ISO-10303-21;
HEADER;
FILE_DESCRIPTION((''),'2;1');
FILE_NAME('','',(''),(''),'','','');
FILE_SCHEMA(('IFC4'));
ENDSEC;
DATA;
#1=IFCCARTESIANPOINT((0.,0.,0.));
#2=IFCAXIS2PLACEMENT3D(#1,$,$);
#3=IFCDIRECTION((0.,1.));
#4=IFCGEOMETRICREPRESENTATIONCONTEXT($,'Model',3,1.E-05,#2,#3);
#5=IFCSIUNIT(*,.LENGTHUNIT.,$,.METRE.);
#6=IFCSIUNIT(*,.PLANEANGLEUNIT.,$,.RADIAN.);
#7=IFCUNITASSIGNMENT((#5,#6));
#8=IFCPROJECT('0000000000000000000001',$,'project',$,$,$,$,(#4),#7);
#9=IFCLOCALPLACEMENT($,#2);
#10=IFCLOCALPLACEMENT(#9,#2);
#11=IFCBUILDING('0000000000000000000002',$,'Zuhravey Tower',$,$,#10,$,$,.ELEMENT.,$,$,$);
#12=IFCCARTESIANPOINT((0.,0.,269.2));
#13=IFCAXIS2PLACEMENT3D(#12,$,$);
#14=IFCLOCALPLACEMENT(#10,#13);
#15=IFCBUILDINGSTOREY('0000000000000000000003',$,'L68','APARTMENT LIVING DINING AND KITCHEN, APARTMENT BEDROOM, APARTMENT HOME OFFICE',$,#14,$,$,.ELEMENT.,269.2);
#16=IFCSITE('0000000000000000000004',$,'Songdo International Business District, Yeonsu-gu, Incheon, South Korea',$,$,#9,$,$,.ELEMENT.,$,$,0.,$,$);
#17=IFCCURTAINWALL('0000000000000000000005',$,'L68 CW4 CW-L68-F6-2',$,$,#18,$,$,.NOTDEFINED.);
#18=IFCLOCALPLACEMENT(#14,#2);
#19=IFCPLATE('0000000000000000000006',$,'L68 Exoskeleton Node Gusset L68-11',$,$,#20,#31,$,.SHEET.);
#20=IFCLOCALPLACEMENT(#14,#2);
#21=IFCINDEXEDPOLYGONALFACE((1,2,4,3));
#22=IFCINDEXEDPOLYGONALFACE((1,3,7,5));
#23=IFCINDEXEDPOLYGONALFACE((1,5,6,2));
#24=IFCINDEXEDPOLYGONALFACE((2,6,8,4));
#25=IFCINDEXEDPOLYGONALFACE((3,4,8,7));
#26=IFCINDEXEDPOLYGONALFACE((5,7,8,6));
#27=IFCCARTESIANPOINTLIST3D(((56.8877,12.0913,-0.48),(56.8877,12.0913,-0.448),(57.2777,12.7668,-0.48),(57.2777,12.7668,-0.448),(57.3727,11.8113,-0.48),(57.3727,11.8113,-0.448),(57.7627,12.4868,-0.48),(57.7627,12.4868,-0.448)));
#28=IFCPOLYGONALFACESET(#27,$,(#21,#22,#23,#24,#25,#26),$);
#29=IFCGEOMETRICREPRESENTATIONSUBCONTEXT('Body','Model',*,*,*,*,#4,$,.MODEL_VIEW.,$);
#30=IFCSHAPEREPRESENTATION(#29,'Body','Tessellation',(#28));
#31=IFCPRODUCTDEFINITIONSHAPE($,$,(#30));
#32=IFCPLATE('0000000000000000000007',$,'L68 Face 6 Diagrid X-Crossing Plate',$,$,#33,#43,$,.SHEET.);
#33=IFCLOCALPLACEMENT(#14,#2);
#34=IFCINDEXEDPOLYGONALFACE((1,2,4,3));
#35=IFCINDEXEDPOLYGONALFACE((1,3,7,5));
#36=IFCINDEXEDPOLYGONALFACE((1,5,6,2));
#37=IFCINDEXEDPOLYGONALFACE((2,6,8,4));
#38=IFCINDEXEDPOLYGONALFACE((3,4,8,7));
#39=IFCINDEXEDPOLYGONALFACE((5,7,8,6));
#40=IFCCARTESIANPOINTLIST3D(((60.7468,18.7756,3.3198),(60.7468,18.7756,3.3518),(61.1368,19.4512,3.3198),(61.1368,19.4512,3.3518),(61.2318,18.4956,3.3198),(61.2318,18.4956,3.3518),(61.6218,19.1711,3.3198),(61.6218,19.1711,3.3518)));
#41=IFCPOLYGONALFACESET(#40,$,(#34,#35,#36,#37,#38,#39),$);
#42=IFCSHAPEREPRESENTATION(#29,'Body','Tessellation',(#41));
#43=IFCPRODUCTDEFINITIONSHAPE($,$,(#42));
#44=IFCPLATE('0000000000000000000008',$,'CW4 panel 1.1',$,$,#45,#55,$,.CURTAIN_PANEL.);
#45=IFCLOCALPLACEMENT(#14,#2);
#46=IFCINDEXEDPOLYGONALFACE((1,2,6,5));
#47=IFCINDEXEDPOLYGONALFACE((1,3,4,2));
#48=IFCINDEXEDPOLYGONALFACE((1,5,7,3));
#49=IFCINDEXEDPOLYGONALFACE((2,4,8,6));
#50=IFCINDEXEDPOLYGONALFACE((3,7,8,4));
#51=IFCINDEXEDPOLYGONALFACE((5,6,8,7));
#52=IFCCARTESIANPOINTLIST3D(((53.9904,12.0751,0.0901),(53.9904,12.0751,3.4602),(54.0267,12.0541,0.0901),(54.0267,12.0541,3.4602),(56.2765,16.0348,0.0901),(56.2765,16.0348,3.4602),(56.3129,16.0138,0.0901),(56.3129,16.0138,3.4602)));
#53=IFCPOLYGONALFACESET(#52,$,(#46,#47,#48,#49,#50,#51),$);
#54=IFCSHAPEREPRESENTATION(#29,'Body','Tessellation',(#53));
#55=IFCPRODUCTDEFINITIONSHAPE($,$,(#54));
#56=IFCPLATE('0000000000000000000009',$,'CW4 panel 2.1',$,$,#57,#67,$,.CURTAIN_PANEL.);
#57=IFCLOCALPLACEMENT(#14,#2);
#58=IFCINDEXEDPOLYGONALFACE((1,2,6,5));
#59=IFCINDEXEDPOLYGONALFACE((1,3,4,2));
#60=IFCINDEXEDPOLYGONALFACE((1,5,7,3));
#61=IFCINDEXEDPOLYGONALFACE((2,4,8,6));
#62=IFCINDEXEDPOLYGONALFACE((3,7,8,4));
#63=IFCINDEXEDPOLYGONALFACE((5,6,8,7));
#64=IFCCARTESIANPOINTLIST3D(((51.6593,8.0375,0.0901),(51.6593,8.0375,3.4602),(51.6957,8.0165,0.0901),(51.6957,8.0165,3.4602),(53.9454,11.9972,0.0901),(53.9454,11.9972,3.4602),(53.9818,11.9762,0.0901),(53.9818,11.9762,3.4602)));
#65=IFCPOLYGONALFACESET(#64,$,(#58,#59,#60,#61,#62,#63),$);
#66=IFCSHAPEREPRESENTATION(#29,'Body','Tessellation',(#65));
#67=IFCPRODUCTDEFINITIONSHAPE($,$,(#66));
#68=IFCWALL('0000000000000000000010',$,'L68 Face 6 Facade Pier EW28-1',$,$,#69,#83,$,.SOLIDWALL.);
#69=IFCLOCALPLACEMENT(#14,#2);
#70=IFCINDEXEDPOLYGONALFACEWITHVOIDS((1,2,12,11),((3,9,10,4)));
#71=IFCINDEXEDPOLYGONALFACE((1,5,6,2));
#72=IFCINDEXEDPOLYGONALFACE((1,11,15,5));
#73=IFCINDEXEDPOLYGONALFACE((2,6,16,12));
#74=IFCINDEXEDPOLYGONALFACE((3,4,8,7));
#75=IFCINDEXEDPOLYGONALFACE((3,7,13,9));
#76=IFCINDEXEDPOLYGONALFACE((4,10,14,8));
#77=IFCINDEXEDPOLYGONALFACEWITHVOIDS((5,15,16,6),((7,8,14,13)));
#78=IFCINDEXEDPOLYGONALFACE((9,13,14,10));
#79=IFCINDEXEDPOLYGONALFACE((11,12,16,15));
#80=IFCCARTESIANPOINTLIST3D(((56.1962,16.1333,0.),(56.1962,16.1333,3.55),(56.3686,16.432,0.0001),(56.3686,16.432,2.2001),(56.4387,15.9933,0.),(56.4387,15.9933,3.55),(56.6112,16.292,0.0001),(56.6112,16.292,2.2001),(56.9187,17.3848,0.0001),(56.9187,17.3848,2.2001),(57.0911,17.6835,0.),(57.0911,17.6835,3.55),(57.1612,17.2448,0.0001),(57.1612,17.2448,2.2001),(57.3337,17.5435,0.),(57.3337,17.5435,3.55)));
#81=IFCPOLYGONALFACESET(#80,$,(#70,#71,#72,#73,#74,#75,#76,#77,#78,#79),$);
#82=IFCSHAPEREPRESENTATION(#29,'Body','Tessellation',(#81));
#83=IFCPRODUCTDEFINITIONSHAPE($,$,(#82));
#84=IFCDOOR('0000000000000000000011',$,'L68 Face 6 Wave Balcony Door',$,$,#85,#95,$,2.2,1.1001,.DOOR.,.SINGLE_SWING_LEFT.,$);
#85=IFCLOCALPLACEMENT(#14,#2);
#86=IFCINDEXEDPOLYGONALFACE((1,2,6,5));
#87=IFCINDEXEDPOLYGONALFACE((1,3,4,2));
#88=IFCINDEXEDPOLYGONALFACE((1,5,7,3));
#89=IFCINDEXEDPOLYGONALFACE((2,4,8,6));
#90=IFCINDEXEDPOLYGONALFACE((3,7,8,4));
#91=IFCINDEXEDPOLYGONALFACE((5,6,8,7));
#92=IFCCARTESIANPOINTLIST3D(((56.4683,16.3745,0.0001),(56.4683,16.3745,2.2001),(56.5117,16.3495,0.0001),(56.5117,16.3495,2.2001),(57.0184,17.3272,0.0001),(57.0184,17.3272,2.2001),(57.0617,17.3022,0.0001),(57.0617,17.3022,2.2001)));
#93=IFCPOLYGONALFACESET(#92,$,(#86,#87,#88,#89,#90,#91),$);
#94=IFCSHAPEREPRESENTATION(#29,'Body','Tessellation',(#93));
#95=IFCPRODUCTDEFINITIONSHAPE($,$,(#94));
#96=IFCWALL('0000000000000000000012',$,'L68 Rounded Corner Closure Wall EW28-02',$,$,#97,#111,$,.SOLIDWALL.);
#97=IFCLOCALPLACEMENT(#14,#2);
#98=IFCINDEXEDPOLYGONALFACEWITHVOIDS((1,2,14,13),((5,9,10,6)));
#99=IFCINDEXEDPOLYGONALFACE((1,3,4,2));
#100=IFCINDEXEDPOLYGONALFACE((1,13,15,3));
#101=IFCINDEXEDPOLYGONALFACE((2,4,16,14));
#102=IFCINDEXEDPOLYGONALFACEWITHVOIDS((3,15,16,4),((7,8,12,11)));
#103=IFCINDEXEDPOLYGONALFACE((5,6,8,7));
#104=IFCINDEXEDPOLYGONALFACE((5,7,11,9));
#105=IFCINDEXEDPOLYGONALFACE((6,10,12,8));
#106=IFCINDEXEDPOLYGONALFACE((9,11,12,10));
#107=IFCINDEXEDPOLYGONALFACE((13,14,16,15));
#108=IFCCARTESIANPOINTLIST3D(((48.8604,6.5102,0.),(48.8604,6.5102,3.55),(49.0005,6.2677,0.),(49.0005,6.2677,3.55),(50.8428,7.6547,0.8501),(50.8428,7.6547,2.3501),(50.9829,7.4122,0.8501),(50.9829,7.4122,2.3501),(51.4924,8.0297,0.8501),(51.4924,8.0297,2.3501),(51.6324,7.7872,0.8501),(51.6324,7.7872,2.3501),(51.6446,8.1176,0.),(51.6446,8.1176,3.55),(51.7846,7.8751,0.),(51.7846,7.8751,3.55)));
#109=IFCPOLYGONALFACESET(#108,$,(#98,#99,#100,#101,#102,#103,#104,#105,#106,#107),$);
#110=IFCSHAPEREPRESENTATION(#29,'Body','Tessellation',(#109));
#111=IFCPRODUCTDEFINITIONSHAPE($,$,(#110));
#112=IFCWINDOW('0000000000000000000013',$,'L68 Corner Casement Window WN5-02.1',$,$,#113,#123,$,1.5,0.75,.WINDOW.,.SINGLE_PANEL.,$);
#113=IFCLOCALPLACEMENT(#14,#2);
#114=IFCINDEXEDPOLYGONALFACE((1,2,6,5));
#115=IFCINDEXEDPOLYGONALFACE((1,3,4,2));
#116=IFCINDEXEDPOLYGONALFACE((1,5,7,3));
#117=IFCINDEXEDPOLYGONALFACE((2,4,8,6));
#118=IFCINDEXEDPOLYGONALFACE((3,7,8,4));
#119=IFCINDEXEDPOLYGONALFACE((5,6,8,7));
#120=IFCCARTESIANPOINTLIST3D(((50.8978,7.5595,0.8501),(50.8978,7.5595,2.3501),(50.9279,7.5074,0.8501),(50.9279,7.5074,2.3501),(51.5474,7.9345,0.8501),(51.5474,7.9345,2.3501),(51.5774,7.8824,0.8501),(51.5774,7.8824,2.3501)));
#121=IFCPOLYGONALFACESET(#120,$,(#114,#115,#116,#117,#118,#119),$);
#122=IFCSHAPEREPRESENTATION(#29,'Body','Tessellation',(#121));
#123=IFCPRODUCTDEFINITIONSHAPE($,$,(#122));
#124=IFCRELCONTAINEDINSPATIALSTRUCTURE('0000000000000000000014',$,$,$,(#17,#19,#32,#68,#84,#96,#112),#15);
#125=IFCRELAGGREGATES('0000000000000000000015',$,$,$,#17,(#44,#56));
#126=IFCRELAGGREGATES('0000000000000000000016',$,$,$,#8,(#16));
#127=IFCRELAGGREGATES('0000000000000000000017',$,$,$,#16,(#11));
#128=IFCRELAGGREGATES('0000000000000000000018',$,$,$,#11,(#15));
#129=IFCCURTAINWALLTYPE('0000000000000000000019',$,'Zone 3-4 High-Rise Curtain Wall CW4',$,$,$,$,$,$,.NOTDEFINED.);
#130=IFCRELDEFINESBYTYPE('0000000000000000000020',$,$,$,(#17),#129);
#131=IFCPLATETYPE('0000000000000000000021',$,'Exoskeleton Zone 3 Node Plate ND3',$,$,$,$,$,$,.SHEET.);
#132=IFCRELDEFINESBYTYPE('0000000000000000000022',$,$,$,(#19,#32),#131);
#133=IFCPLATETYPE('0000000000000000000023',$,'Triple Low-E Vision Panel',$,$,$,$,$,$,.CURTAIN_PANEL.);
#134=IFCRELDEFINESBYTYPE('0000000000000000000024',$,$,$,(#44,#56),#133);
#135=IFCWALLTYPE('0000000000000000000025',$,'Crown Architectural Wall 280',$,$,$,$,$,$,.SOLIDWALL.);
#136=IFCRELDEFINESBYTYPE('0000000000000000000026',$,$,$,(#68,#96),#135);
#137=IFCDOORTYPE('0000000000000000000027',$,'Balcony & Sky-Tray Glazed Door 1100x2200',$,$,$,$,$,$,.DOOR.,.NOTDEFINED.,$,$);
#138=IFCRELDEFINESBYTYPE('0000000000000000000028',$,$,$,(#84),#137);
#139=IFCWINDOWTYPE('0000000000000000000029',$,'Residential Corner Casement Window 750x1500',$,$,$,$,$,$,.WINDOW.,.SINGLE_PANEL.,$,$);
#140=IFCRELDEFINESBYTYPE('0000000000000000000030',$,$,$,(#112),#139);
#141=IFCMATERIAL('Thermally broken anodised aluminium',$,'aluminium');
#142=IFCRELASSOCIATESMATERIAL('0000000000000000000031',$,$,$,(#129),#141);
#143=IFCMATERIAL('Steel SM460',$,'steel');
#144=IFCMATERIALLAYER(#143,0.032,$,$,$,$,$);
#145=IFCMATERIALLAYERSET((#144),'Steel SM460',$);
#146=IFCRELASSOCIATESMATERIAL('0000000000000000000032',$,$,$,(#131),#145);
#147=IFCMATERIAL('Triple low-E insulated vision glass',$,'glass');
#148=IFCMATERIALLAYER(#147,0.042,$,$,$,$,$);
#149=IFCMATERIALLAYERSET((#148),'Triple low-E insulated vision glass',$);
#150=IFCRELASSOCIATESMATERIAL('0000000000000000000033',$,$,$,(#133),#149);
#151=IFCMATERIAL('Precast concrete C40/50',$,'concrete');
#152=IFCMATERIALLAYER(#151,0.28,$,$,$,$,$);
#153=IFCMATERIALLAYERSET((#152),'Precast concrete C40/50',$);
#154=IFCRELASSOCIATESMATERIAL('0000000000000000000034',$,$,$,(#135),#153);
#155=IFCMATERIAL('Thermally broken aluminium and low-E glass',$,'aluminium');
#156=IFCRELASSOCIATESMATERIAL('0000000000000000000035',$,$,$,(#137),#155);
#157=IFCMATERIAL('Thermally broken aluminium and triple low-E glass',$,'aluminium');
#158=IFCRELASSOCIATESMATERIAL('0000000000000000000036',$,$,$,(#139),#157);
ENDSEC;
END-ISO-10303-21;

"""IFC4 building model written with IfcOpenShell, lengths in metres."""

from ifc_helpers import new_model, si_unit, direction, frame, frame_2d, origin, origin_2d, place, context, subcontext, project, spatial, rectangle, extrude, material, layer, layer_set, type_object, element, fill, aggregate, save


model = new_model("IFC4")

# Units and contexts
model_context = context("Model", 3, precision=1e-05, world=origin(), true_north=direction((0.0, 1.0)))
body_context = subcontext(model_context, "Body", "Model", "MODEL_VIEW")
ifc_project = project(units=[si_unit("LENGTHUNIT", "METRE"), si_unit("PLANEANGLEUNIT", "RADIAN")], contexts=[model_context])

# Site, building, storey
site_placement = place(None, origin())
site = spatial("IfcSite", under=ifc_project, at=site_placement, Name="Songdo International Business District, Yeonsu-gu, Incheon, South Korea", CompositionType="ELEMENT", RefElevation=0.0)
building_placement = place(site_placement, origin())
building = spatial("IfcBuilding", under=site, at=building_placement, Name="Zuhravey Tower", CompositionType="ELEMENT")
storey_placement = place(building_placement, frame((0.0, 0.0, 269.2)))
storey = spatial("IfcBuildingStorey", under=building, at=storey_placement, Name="L68", Description="APARTMENT LIVING DINING AND KITCHEN, APARTMENT BEDROOM, APARTMENT HOME OFFICE", CompositionType="ELEMENT", Elevation=269.2)

# Shared definitions
ifc_material_1 = material(Name="Thermally broken anodised aluminium", Category="aluminium")
curtain_wall_type = type_object("IfcCurtainWallType", Name="Zone 3-4 High-Rise Curtain Wall CW4", PredefinedType="NOTDEFINED", material=ifc_material_1)

# Curtain wall
curtain_wall_1_placement = place(storey_placement, origin())
curtain_wall_1 = element("IfcCurtainWall", 1, at=curtain_wall_1_placement, inside=storey, type_object=curtain_wall_type, Name="L68 CW4 CW-L68-F6-2", PredefinedType="NOTDEFINED")

# Plates
ifc_material_2 = material(Name="Steel SM460", Category="steel")
ifc_layer_1 = layer(ifc_material_2, 0.032)
ifc_layer_set_1 = layer_set([ifc_layer_1], Name="Steel SM460")
plate_type_1 = type_object("IfcPlateType", Name="Exoskeleton Zone 3 Node Plate ND3", PredefinedType="SHEET", material=ifc_layer_set_1)
for number, where, z_axis, x_axis, name in (
    (2, (57.3252, 12.2891, -0.48), (0.0, 0.0, 1.0), (0.5, 0.866025, 0.0), "L68 Exoskeleton Node Gusset L68-11"),
    (3, (61.1843, 18.9734, 3.3198), (0.0, 0.0, 1.0), (0.5, 0.866025, 0.0), "L68 Face 6 Diagrid X-Crossing Plate"),
):
    element("IfcPlate", number, at=place(storey_placement, frame(where, z_axis=z_axis, x_axis=x_axis)), inside=storey, type_object=plate_type_1, Name=name, PredefinedType="SHEET", context=body_context, shape_type="SweptSolid", body=[
        extrude(rectangle(XDim=0.78, YDim=0.5601, at=origin_2d()), origin(), (0.0, 0.0, 1.0), 0.032),
    ])

# Plates
ifc_material_3 = material(Name="Triple low-E insulated vision glass", Category="glass")
ifc_layer_2 = layer(ifc_material_3, 0.042)
ifc_layer_set_2 = layer_set([ifc_layer_2], Name="Triple low-E insulated vision glass")
plate_type_2 = type_object("IfcPlateType", Name="Triple Low-E Vision Panel", PredefinedType="CURTAIN_PANEL", material=ifc_layer_set_2)
plate_1_placement = place(storey_placement, frame((55.1516, 14.0444, 0.0901), z_axis=(0.0, 0.0, 1.0), x_axis=(-0.500003, -0.866024, 0.0)))
plate_1 = element("IfcPlate", 4, at=plate_1_placement, type_object=plate_type_2, Name="CW4 panel 1.1", PredefinedType="CURTAIN_PANEL", context=body_context, shape_type="SweptSolid", body=[
    extrude(rectangle(XDim=4.5723, YDim=0.042, at=origin_2d()), origin(), (0.0, 0.0, 1.0), 3.3701),
])
plate_2_placement = place(storey_placement, frame((52.8206, 10.0068, 0.0901), z_axis=(0.0, 0.0, 1.0), x_axis=(-0.500003, -0.866024, 0.0)))
plate_2 = element("IfcPlate", 5, at=plate_2_placement, type_object=plate_type_2, Name="CW4 panel 2.1", PredefinedType="CURTAIN_PANEL", context=body_context, shape_type="SweptSolid", body=[
    extrude(rectangle(XDim=4.5723, YDim=0.042, at=origin_2d()), origin(), (0.0, 0.0, 1.0), 3.3701),
])
aggregate(curtain_wall_1, [plate_1, plate_2])

# Wall, opening, door
ifc_material_4 = material(Name="Precast concrete C40/50", Category="concrete")
ifc_layer_3 = layer(ifc_material_4, 0.28)
ifc_layer_set_3 = layer_set([ifc_layer_3], Name="Precast concrete C40/50")
wall_type = type_object("IfcWallType", Name="Crown Architectural Wall 280", PredefinedType="SOLIDWALL", material=ifc_layer_set_3)
wall_1_placement = place(storey_placement, frame((57.2124, 17.6135, 0.0), z_axis=(0.0, 0.0, 1.0), x_axis=(-0.499982, -0.866036, 0.0)))
wall_1 = element("IfcWall", 6, at=wall_1_placement, inside=storey, type_object=wall_type, Name="L68 Face 6 Facade Pier EW28-1", PredefinedType="SOLIDWALL", context=body_context, shape_type="SweptSolid", body=[
    extrude(rectangle(XDim=1.79, YDim=0.28, at=frame_2d((0.895, 0.0))), origin(), (0.0, 0.0, 1.0), 3.55),
])
opening_1_placement = place(wall_1_placement, frame((0.345, 0.0, 0.0)))
opening_1 = element("IfcOpeningElement", 7, at=opening_1_placement, cuts=wall_1, PredefinedType="OPENING", context=body_context, shape_type="SweptSolid", body=[
    extrude(rectangle(XDim=1.1001, YDim=2.2, at=frame_2d((0.55, 1.1001))), frame((0.0, 0.1521, 0.0), z_axis=(0.0, -1.0, 0.0), x_axis=(1.0, 0.0, 0.0)), (0.0, 0.0, 1.0), 0.304),
])
ifc_material_5 = material(Name="Thermally broken aluminium and low-E glass", Category="aluminium")
door_type = type_object("IfcDoorType", Name="Balcony & Sky-Tray Glazed Door 1100x2200", OperationType="NOTDEFINED", PredefinedType="DOOR", material=ifc_material_5)
door_placement = place(opening_1_placement, frame((1.1001, 0.0, 0.0), z_axis=(0.0, 0.0, 1.0), x_axis=(-1.0, 0.0, 0.0)))
door = element("IfcDoor", 8, at=door_placement, inside=storey, type_object=door_type, Name="L68 Face 6 Wave Balcony Door", OperationType="SINGLE_SWING_LEFT", OverallHeight=2.2, OverallWidth=1.1001, PredefinedType="DOOR", context=body_context, shape_type="SweptSolid", body=[
    extrude(rectangle(XDim=1.1001, YDim=2.2, at=frame_2d((0.55, 1.1001))), frame((0.0, 0.0249, 0.0), z_axis=(0.0, -1.0, 0.0), x_axis=(1.0, 0.0, 0.0)), (0.0, 0.0, 1.0), 0.05),
])
fill(opening_1, door)

# Wall, opening, window
wall_2_placement = place(storey_placement, frame((51.7146, 7.9963, 0.0), z_axis=(0.0, 0.0, 1.0), x_axis=(-0.866029, -0.499994, 0.0)))
wall_2 = element("IfcWall", 9, at=wall_2_placement, inside=storey, type_object=wall_type, Name="L68 Rounded Corner Closure Wall EW28-02", PredefinedType="SOLIDWALL", context=body_context, shape_type="SweptSolid", body=[
    extrude(rectangle(XDim=3.2148, YDim=0.28, at=frame_2d((1.6074, 0.0))), origin(), (0.0, 0.0, 1.0), 3.55),
])
opening_2_placement = place(wall_2_placement, frame((0.1758, 0.0, 0.8501)))
opening_2 = element("IfcOpeningElement", 10, at=opening_2_placement, cuts=wall_2, PredefinedType="OPENING", context=body_context, shape_type="SweptSolid", body=[
    extrude(rectangle(XDim=0.75, YDim=1.5, at=frame_2d((0.375, 0.75))), frame((0.0, 0.1521, 0.0), z_axis=(0.0, -1.0, 0.0), x_axis=(1.0, 0.0, 0.0)), (0.0, 0.0, 1.0), 0.304),
])
ifc_material_6 = material(Name="Thermally broken aluminium and triple low-E glass", Category="aluminium")
window_type = type_object("IfcWindowType", Name="Residential Corner Casement Window 750x1500", PartitioningType="SINGLE_PANEL", PredefinedType="WINDOW", material=ifc_material_6)
window_placement = place(opening_2_placement, origin())
window = element("IfcWindow", 11, at=window_placement, inside=storey, type_object=window_type, Name="L68 Corner Casement Window WN5-02.1", OverallHeight=1.5, OverallWidth=0.75, PartitioningType="SINGLE_PANEL", PredefinedType="WINDOW", context=body_context, shape_type="SweptSolid", body=[
    extrude(rectangle(XDim=0.75, YDim=1.5, at=frame_2d((0.375, 0.75))), frame((0.0, 0.03, 0.0), z_axis=(0.0, -1.0, 0.0), x_axis=(1.0, 0.0, 0.0)), (0.0, 0.0, 1.0), 0.0601),
])
fill(opening_2, window)

save(model, "model.ifc")
